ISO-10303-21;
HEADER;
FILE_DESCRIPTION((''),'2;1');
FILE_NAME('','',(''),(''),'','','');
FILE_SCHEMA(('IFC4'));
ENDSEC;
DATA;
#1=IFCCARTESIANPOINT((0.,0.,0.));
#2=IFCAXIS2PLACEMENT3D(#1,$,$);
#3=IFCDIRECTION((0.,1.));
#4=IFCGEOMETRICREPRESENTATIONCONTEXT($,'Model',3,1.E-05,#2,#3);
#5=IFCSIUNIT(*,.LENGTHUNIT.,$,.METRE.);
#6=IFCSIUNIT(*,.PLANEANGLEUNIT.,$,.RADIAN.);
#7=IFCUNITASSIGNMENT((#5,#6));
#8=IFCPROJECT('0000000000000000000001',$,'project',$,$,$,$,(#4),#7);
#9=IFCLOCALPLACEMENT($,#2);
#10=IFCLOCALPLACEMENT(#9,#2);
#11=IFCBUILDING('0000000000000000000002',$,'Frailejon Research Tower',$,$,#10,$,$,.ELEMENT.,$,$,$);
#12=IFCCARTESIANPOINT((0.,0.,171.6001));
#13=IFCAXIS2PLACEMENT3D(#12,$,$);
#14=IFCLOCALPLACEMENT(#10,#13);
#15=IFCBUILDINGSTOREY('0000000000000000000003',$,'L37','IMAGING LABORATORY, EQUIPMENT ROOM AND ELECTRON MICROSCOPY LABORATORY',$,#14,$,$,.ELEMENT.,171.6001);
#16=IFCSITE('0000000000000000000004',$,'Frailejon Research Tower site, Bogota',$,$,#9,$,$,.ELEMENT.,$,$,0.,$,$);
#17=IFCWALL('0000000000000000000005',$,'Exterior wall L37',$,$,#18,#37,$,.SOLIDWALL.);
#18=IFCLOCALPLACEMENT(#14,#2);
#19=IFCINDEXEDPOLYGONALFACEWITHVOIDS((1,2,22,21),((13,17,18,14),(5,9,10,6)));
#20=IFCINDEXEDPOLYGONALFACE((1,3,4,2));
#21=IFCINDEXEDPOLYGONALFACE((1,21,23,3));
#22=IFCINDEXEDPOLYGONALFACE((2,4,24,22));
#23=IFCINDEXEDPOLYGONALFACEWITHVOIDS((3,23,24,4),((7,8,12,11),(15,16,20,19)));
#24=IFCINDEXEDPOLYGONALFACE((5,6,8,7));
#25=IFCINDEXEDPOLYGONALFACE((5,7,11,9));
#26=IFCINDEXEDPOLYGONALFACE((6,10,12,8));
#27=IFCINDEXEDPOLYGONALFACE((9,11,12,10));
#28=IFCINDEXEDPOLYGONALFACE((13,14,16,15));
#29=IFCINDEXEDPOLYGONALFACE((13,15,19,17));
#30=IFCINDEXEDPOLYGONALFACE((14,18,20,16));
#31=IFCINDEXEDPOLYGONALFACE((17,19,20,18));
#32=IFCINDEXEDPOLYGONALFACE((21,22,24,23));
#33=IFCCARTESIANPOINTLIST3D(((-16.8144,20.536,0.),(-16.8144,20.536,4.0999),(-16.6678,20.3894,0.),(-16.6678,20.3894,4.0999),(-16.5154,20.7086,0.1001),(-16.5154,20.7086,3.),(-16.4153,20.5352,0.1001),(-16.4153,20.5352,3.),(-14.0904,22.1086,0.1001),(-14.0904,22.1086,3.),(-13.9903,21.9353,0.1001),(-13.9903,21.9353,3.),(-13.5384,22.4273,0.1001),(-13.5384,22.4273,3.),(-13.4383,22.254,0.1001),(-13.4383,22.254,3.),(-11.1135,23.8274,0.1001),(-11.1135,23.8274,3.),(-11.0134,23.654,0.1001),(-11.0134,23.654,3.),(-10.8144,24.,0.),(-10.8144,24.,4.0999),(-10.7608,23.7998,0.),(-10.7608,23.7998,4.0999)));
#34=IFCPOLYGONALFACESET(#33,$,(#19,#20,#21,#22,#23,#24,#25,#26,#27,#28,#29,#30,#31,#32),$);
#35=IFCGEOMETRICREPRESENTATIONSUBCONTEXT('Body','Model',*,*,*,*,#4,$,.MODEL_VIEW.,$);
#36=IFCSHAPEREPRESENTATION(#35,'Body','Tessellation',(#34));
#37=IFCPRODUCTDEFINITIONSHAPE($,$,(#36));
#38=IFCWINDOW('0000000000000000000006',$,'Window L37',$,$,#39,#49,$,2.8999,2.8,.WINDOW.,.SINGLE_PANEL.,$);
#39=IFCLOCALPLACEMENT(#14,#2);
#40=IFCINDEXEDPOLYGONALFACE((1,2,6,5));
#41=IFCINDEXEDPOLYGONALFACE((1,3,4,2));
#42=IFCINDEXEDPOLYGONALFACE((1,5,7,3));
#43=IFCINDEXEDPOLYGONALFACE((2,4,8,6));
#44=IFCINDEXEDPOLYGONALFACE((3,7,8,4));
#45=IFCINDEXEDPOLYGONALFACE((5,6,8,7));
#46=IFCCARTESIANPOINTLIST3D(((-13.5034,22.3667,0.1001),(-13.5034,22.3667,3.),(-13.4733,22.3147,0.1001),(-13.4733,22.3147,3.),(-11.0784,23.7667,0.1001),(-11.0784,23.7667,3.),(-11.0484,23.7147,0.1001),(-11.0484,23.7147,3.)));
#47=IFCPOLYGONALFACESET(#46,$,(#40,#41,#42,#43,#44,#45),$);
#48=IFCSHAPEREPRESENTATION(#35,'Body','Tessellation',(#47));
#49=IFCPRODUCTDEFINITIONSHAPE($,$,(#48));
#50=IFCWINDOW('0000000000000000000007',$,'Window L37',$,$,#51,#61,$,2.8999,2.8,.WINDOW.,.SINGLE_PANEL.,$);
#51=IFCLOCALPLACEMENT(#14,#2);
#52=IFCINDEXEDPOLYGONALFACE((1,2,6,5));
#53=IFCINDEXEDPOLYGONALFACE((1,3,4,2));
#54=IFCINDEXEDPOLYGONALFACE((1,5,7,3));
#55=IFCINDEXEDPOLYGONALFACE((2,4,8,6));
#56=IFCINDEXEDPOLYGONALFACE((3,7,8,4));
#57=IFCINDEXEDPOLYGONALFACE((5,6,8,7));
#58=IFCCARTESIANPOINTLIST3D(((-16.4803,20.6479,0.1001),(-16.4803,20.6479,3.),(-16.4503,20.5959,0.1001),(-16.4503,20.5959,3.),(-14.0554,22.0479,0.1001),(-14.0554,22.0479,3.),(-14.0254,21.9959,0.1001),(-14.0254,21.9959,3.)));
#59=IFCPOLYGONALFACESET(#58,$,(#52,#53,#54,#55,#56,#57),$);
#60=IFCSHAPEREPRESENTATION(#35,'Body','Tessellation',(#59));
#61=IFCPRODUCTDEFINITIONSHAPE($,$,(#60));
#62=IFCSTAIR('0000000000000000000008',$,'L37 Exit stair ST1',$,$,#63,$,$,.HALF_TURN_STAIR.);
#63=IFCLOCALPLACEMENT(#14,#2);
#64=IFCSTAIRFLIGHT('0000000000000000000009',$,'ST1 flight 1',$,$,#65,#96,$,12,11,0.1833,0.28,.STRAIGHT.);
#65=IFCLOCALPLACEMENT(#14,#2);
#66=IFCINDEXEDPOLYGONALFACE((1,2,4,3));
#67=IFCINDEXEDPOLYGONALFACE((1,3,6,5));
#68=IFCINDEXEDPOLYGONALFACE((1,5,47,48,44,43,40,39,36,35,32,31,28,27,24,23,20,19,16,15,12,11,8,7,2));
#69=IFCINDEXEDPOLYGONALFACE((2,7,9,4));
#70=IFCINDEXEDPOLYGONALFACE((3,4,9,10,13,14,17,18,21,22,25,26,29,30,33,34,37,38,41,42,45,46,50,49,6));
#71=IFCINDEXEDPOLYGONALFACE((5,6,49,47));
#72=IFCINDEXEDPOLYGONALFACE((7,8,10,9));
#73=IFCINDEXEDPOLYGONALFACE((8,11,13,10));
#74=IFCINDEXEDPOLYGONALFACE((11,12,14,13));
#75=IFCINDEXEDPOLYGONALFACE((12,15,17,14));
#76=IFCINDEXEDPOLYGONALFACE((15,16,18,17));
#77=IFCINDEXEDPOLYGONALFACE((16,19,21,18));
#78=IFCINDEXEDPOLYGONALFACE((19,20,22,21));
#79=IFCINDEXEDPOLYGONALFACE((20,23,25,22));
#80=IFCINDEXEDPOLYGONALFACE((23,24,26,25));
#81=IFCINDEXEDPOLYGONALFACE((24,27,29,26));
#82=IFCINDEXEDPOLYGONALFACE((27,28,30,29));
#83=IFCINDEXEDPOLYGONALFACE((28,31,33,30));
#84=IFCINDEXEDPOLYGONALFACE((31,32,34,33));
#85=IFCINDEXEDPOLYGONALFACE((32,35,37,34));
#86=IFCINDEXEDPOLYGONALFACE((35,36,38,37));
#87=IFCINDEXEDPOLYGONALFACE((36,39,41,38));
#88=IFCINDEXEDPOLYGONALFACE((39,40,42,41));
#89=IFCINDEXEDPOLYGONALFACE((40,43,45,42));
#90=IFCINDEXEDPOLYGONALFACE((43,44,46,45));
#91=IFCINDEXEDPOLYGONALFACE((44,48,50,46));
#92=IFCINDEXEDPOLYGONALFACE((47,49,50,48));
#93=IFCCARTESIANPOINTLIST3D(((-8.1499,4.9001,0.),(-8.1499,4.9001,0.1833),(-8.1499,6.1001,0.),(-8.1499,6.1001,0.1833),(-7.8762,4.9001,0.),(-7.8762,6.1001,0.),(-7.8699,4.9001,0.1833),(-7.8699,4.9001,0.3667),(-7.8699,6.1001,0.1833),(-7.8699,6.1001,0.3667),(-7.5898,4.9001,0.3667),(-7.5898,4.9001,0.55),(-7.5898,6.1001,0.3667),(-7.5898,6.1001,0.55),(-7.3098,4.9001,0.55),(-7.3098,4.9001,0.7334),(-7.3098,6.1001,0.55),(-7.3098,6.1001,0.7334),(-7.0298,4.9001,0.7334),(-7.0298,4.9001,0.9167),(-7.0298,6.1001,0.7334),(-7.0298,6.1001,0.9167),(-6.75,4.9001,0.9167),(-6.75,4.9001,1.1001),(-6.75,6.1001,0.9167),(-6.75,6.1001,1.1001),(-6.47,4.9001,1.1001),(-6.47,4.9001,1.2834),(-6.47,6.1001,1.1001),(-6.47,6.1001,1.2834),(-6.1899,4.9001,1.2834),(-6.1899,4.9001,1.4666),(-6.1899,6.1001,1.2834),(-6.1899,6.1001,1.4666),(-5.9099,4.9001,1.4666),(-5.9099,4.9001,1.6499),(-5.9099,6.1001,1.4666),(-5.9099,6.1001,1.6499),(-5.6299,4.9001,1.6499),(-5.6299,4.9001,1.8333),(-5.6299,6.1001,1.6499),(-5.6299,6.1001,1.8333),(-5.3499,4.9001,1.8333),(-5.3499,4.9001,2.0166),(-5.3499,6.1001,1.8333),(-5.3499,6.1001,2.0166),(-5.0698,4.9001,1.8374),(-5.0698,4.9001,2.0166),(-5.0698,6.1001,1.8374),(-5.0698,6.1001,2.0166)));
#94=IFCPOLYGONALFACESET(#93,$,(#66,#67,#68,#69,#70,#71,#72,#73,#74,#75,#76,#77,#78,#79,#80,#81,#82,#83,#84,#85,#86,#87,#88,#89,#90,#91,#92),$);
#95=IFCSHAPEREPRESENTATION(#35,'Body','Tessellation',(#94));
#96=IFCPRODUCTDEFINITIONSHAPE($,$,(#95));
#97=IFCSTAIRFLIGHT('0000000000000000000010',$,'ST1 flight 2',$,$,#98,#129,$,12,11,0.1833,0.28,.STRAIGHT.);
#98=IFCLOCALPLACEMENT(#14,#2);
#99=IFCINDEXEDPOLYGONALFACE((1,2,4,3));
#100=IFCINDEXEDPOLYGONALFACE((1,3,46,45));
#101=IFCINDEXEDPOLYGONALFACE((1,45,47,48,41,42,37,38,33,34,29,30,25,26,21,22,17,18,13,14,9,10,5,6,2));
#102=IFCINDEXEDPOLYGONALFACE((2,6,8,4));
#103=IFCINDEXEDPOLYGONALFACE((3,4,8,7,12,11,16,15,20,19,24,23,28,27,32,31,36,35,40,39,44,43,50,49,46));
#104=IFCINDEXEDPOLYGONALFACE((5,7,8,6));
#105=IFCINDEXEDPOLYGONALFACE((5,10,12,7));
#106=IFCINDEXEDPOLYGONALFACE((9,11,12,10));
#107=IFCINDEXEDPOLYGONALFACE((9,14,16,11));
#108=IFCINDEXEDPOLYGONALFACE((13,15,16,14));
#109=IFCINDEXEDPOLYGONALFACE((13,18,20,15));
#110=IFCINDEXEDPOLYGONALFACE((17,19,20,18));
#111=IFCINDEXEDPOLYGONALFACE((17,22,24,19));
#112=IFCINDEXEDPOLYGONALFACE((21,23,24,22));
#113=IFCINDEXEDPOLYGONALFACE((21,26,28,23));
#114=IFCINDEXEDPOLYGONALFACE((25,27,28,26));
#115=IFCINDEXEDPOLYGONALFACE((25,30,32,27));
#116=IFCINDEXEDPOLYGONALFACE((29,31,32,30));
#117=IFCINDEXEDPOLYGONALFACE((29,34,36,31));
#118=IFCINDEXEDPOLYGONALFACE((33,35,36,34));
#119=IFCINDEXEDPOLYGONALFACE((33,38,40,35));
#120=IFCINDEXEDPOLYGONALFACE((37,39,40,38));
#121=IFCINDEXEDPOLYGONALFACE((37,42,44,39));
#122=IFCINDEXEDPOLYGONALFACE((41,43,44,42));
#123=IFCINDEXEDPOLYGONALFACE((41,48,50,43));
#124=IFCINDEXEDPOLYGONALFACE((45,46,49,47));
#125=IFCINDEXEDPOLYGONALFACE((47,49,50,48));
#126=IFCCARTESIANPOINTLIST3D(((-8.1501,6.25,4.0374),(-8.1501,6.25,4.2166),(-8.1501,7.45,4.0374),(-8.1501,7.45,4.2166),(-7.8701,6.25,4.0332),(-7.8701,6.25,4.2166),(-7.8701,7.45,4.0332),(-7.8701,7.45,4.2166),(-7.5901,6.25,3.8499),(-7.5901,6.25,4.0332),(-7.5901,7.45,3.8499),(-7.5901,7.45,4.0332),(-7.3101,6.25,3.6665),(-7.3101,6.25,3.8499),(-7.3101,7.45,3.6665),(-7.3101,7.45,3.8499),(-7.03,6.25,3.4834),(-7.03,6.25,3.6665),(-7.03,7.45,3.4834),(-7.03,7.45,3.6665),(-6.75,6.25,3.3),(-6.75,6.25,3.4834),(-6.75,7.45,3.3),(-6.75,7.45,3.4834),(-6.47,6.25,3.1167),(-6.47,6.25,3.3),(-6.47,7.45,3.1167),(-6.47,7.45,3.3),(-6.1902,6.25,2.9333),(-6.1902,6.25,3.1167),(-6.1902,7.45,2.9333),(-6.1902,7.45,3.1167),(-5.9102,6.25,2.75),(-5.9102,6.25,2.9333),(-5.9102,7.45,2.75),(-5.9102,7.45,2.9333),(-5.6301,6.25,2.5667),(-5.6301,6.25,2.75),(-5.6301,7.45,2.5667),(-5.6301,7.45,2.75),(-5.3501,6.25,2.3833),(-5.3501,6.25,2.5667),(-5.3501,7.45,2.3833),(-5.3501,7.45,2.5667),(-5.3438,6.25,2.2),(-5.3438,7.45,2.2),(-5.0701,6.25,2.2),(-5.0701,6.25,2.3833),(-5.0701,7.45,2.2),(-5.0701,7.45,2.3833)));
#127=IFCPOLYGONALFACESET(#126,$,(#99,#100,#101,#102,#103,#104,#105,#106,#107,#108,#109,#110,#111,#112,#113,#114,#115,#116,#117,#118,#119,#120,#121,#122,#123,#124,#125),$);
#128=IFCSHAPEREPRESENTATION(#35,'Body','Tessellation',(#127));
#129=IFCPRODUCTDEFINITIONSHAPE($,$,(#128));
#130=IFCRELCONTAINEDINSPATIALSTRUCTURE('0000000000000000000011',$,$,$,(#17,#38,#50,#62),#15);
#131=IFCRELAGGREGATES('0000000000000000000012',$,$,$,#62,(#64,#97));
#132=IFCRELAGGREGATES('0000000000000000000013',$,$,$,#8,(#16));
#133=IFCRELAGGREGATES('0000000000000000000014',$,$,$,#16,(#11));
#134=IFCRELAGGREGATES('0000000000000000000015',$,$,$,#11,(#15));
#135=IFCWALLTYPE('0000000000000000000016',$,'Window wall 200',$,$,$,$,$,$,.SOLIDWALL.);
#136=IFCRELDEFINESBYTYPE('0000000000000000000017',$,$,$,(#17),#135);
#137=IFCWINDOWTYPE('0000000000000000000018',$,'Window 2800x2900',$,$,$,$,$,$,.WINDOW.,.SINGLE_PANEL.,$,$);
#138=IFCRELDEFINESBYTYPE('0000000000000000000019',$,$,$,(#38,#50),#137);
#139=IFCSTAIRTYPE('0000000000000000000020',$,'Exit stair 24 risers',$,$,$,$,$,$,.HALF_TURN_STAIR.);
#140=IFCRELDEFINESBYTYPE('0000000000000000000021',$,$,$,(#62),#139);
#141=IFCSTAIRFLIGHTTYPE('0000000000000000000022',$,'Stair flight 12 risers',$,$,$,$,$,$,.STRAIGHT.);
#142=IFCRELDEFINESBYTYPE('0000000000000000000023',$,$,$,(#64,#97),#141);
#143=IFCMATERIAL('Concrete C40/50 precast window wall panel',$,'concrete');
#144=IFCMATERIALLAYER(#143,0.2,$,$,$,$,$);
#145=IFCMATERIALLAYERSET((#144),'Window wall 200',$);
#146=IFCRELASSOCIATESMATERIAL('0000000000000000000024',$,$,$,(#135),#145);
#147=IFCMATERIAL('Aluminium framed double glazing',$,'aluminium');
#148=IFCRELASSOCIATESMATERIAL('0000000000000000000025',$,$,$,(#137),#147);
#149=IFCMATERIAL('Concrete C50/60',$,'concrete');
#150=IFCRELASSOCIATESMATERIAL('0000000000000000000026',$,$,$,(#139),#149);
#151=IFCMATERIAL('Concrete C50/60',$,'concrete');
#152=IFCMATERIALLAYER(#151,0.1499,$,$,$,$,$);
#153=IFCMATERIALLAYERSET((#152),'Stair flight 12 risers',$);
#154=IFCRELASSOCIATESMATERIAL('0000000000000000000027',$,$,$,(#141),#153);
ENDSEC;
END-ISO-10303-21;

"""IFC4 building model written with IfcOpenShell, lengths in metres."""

from ifc_helpers import new_model, si_unit, direction, frame, frame_2d, origin, place, context, subcontext, project, spatial, polyline, rectangle, outline, extrude, material, layer, layer_set, type_object, element, fill, aggregate, save


model = new_model("IFC4")

# Units and contexts
model_context = context("Model", 3, precision=1e-05, world=origin(), true_north=direction((0.0, 1.0)))
body_context = subcontext(model_context, "Body", "Model", "MODEL_VIEW")
ifc_project = project(units=[si_unit("LENGTHUNIT", "METRE"), si_unit("PLANEANGLEUNIT", "RADIAN")], contexts=[model_context])

# Site, building, storey
site_placement = place(None, origin())
site = spatial("IfcSite", under=ifc_project, at=site_placement, Name="Frailejon Research Tower site, Bogota", CompositionType="ELEMENT", RefElevation=0.0)
building_placement = place(site_placement, origin())
building = spatial("IfcBuilding", under=site, at=building_placement, Name="Frailejon Research Tower", CompositionType="ELEMENT")
storey_placement = place(building_placement, frame((0.0, 0.0, 171.6001)))
storey = spatial("IfcBuildingStorey", under=building, at=storey_placement, Name="L37", Description="IMAGING LABORATORY, EQUIPMENT ROOM AND ELECTRON MICROSCOPY LABORATORY", CompositionType="ELEMENT", Elevation=171.6001)

# Wall, openings, windows
ifc_material_1 = material(Name="Concrete C40/50 precast window wall panel", Category="concrete")
ifc_layer_1 = layer(ifc_material_1, 0.2)
ifc_layer_set_1 = layer_set([ifc_layer_1], Name="Window wall 200")
wall_type_1 = type_object("IfcWallType", Name="Window wall 200", PredefinedType="SOLIDWALL", material=ifc_layer_set_1)
wall_1_placement = place(storey_placement, frame((-10.7876, 23.8999, 0.0), z_axis=(0.0, 0.0, 1.0), x_axis=(-0.866029, -0.499993, 0.0)))
wall_1 = element("IfcWall", 1, at=wall_1_placement, inside=storey, type_object=wall_type_1, Name="Exterior wall L37", PredefinedType="SOLIDWALL", context=body_context, shape_type="SweptSolid", body=[
    extrude(outline(polyline([(-0.0269, -0.1001), (1.1279, -0.1001), (2.2825, -0.1001), (3.4373, -0.1001), (4.592, -0.1001), (5.7466, -0.1001), (6.9014, -0.1001), (6.8477, 0.1001), (5.7109, 0.1001), (4.574, 0.1001), (3.4373, 0.1001), (2.3005, 0.1001), (1.1636, 0.1001), (0.0269, 0.1001), (-0.0269, -0.1001)])), origin(), (0.0, 0.0, 1.0), 4.0999),
])
opening_1_placement = place(wall_1_placement, frame((0.3186, 0.0, 0.1001)))
opening_1 = element("IfcOpeningElement", 2, at=opening_1_placement, cuts=wall_1, PredefinedType="OPENING", context=body_context, shape_type="SweptSolid", body=[
    extrude(rectangle(XDim=2.8, YDim=2.8999, at=frame_2d((1.3999, 1.45))), frame((0.0, 0.1099, 0.0), z_axis=(0.0, -1.0, 0.0), x_axis=(1.0, 0.0, 0.0)), (0.0, 0.0, 1.0), 0.22),
])
opening_2_placement = place(wall_1_placement, frame((3.7561, 0.0, 0.1001)))
opening_2 = element("IfcOpeningElement", 3, at=opening_2_placement, cuts=wall_1, PredefinedType="OPENING", context=body_context, shape_type="SweptSolid", body=[
    extrude(rectangle(XDim=2.8, YDim=2.8999, at=frame_2d((1.3999, 1.45))), frame((0.0, 0.1099, 0.0), z_axis=(0.0, -1.0, 0.0), x_axis=(1.0, 0.0, 0.0)), (0.0, 0.0, 1.0), 0.22),
])
ifc_material_2 = material(Name="Aluminium framed double glazing", Category="aluminium")
window_type = type_object("IfcWindowType", Name="Window 2800x2900", PartitioningType="SINGLE_PANEL", PredefinedType="WINDOW", material=ifc_material_2)
window_1_placement = place(opening_1_placement, origin())
window_1 = element("IfcWindow", 4, at=window_1_placement, inside=storey, type_object=window_type, Name="Window L37", OverallHeight=2.8999, OverallWidth=2.8, PartitioningType="SINGLE_PANEL", PredefinedType="WINDOW", context=body_context, shape_type="SweptSolid", body=[
    extrude(rectangle(XDim=2.8, YDim=2.8999, at=frame_2d((1.3999, 1.45))), frame((0.0, 0.03, 0.0), z_axis=(0.0, -1.0, 0.0), x_axis=(1.0, 0.0, 0.0)), (0.0, 0.0, 1.0), 0.0601),
])
fill(opening_1, window_1)
window_2_placement = place(opening_2_placement, origin())
window_2 = element("IfcWindow", 5, at=window_2_placement, inside=storey, type_object=window_type, Name="Window L37", OverallHeight=2.8999, OverallWidth=2.8, PartitioningType="SINGLE_PANEL", PredefinedType="WINDOW", context=body_context, shape_type="SweptSolid", body=[
    extrude(rectangle(XDim=2.8, YDim=2.8999, at=frame_2d((1.3999, 1.45))), frame((0.0, 0.03, 0.0), z_axis=(0.0, -1.0, 0.0), x_axis=(1.0, 0.0, 0.0)), (0.0, 0.0, 1.0), 0.0601),
])
fill(opening_2, window_2)

# Stair, stair flights
ifc_material_3 = material(Name="Concrete C50/60", Category="concrete")
stair_type = type_object("IfcStairType", Name="Exit stair 24 risers", PredefinedType="HALF_TURN_STAIR", material=ifc_material_3)
stair_placement = place(storey_placement, origin())
stair = element("IfcStair", 6, at=stair_placement, inside=storey, type_object=stair_type, Name="L37 Exit stair ST1", PredefinedType="HALF_TURN_STAIR")
ifc_material_4 = material(Name="Concrete C50/60", Category="concrete")
ifc_layer_2 = layer(ifc_material_4, 0.1499)
ifc_layer_set_2 = layer_set([ifc_layer_2], Name="Stair flight 12 risers")
stair_flight_type = type_object("IfcStairFlightType", Name="Stair flight 12 risers", PredefinedType="STRAIGHT", material=ifc_layer_set_2)
stair_flight_1_placement = place(storey_placement, frame((-8.1499, 5.5, 0.0), z_axis=(0.0, 0.0, 1.0), x_axis=(1.0, 0.0, 0.0)))
stair_flight_1 = element("IfcStairFlight", 7, at=stair_flight_1_placement, type_object=stair_flight_type, Name="ST1 flight 1", NumberOfRisers=12, NumberOfTreads=11, PredefinedType="STRAIGHT", RiserHeight=0.1833, TreadLength=0.28, context=body_context, shape_type="SweptSolid", body=[
    extrude(outline(polyline([(0.0, 0.0), (0.0, 0.1833), (0.28, 0.1833), (0.28, 0.3667), (0.5601, 0.3667), (0.5601, 0.55), (0.8401, 0.55), (0.8401, 0.7334), (1.1201, 0.7334), (1.1201, 0.9167), (1.3999, 0.9167), (1.3999, 1.1001), (1.6799, 1.1001), (1.6799, 1.2834), (1.96, 1.2834), (1.96, 1.4666), (2.24, 1.4666), (2.24, 1.6499), (2.52, 1.6499), (2.52, 1.8333), (2.8, 1.8333), (2.8, 2.0166), (3.0801, 2.0166), (3.0801, 2.2), (3.0801, 1.8374), (0.2737, 0.0), (0.0, 0.0)])), frame((0.0, 0.6001, 0.0), z_axis=(0.0, -1.0, 0.0), x_axis=(1.0, 0.0, 0.0)), (0.0, 0.0, 1.0), 1.2),
])
stair_flight_2_placement = place(storey_placement, frame((-5.0701, 6.8501, 2.2), z_axis=(0.0, 0.0, 1.0), x_axis=(-1.0, 0.0, 0.0)))
stair_flight_2 = element("IfcStairFlight", 8, at=stair_flight_2_placement, type_object=stair_flight_type, Name="ST1 flight 2", NumberOfRisers=12, NumberOfTreads=11, PredefinedType="STRAIGHT", RiserHeight=0.1833, TreadLength=0.28, context=body_context, shape_type="SweptSolid", body=[
    extrude(outline(polyline([(0.0, 0.0), (0.0, 0.1833), (0.28, 0.1833), (0.28, 0.3667), (0.5601, 0.3667), (0.5601, 0.55), (0.8401, 0.55), (0.8401, 0.7334), (1.1201, 0.7334), (1.1201, 0.9167), (1.3999, 0.9167), (1.3999, 1.1001), (1.6799, 1.1001), (1.6799, 1.2834), (1.96, 1.2834), (1.96, 1.4666), (2.24, 1.4666), (2.24, 1.6499), (2.52, 1.6499), (2.52, 1.8333), (2.8, 1.8333), (2.8, 2.0166), (3.0801, 2.0166), (3.0801, 2.2), (3.0801, 1.8374), (0.2737, 0.0), (0.0, 0.0)])), frame((0.0, 0.6001, 0.0), z_axis=(0.0, -1.0, 0.0), x_axis=(1.0, 0.0, 0.0)), (0.0, 0.0, 1.0), 1.2),
])
aggregate(stair, [stair_flight_1, stair_flight_2])

save(model, "model.ifc")
